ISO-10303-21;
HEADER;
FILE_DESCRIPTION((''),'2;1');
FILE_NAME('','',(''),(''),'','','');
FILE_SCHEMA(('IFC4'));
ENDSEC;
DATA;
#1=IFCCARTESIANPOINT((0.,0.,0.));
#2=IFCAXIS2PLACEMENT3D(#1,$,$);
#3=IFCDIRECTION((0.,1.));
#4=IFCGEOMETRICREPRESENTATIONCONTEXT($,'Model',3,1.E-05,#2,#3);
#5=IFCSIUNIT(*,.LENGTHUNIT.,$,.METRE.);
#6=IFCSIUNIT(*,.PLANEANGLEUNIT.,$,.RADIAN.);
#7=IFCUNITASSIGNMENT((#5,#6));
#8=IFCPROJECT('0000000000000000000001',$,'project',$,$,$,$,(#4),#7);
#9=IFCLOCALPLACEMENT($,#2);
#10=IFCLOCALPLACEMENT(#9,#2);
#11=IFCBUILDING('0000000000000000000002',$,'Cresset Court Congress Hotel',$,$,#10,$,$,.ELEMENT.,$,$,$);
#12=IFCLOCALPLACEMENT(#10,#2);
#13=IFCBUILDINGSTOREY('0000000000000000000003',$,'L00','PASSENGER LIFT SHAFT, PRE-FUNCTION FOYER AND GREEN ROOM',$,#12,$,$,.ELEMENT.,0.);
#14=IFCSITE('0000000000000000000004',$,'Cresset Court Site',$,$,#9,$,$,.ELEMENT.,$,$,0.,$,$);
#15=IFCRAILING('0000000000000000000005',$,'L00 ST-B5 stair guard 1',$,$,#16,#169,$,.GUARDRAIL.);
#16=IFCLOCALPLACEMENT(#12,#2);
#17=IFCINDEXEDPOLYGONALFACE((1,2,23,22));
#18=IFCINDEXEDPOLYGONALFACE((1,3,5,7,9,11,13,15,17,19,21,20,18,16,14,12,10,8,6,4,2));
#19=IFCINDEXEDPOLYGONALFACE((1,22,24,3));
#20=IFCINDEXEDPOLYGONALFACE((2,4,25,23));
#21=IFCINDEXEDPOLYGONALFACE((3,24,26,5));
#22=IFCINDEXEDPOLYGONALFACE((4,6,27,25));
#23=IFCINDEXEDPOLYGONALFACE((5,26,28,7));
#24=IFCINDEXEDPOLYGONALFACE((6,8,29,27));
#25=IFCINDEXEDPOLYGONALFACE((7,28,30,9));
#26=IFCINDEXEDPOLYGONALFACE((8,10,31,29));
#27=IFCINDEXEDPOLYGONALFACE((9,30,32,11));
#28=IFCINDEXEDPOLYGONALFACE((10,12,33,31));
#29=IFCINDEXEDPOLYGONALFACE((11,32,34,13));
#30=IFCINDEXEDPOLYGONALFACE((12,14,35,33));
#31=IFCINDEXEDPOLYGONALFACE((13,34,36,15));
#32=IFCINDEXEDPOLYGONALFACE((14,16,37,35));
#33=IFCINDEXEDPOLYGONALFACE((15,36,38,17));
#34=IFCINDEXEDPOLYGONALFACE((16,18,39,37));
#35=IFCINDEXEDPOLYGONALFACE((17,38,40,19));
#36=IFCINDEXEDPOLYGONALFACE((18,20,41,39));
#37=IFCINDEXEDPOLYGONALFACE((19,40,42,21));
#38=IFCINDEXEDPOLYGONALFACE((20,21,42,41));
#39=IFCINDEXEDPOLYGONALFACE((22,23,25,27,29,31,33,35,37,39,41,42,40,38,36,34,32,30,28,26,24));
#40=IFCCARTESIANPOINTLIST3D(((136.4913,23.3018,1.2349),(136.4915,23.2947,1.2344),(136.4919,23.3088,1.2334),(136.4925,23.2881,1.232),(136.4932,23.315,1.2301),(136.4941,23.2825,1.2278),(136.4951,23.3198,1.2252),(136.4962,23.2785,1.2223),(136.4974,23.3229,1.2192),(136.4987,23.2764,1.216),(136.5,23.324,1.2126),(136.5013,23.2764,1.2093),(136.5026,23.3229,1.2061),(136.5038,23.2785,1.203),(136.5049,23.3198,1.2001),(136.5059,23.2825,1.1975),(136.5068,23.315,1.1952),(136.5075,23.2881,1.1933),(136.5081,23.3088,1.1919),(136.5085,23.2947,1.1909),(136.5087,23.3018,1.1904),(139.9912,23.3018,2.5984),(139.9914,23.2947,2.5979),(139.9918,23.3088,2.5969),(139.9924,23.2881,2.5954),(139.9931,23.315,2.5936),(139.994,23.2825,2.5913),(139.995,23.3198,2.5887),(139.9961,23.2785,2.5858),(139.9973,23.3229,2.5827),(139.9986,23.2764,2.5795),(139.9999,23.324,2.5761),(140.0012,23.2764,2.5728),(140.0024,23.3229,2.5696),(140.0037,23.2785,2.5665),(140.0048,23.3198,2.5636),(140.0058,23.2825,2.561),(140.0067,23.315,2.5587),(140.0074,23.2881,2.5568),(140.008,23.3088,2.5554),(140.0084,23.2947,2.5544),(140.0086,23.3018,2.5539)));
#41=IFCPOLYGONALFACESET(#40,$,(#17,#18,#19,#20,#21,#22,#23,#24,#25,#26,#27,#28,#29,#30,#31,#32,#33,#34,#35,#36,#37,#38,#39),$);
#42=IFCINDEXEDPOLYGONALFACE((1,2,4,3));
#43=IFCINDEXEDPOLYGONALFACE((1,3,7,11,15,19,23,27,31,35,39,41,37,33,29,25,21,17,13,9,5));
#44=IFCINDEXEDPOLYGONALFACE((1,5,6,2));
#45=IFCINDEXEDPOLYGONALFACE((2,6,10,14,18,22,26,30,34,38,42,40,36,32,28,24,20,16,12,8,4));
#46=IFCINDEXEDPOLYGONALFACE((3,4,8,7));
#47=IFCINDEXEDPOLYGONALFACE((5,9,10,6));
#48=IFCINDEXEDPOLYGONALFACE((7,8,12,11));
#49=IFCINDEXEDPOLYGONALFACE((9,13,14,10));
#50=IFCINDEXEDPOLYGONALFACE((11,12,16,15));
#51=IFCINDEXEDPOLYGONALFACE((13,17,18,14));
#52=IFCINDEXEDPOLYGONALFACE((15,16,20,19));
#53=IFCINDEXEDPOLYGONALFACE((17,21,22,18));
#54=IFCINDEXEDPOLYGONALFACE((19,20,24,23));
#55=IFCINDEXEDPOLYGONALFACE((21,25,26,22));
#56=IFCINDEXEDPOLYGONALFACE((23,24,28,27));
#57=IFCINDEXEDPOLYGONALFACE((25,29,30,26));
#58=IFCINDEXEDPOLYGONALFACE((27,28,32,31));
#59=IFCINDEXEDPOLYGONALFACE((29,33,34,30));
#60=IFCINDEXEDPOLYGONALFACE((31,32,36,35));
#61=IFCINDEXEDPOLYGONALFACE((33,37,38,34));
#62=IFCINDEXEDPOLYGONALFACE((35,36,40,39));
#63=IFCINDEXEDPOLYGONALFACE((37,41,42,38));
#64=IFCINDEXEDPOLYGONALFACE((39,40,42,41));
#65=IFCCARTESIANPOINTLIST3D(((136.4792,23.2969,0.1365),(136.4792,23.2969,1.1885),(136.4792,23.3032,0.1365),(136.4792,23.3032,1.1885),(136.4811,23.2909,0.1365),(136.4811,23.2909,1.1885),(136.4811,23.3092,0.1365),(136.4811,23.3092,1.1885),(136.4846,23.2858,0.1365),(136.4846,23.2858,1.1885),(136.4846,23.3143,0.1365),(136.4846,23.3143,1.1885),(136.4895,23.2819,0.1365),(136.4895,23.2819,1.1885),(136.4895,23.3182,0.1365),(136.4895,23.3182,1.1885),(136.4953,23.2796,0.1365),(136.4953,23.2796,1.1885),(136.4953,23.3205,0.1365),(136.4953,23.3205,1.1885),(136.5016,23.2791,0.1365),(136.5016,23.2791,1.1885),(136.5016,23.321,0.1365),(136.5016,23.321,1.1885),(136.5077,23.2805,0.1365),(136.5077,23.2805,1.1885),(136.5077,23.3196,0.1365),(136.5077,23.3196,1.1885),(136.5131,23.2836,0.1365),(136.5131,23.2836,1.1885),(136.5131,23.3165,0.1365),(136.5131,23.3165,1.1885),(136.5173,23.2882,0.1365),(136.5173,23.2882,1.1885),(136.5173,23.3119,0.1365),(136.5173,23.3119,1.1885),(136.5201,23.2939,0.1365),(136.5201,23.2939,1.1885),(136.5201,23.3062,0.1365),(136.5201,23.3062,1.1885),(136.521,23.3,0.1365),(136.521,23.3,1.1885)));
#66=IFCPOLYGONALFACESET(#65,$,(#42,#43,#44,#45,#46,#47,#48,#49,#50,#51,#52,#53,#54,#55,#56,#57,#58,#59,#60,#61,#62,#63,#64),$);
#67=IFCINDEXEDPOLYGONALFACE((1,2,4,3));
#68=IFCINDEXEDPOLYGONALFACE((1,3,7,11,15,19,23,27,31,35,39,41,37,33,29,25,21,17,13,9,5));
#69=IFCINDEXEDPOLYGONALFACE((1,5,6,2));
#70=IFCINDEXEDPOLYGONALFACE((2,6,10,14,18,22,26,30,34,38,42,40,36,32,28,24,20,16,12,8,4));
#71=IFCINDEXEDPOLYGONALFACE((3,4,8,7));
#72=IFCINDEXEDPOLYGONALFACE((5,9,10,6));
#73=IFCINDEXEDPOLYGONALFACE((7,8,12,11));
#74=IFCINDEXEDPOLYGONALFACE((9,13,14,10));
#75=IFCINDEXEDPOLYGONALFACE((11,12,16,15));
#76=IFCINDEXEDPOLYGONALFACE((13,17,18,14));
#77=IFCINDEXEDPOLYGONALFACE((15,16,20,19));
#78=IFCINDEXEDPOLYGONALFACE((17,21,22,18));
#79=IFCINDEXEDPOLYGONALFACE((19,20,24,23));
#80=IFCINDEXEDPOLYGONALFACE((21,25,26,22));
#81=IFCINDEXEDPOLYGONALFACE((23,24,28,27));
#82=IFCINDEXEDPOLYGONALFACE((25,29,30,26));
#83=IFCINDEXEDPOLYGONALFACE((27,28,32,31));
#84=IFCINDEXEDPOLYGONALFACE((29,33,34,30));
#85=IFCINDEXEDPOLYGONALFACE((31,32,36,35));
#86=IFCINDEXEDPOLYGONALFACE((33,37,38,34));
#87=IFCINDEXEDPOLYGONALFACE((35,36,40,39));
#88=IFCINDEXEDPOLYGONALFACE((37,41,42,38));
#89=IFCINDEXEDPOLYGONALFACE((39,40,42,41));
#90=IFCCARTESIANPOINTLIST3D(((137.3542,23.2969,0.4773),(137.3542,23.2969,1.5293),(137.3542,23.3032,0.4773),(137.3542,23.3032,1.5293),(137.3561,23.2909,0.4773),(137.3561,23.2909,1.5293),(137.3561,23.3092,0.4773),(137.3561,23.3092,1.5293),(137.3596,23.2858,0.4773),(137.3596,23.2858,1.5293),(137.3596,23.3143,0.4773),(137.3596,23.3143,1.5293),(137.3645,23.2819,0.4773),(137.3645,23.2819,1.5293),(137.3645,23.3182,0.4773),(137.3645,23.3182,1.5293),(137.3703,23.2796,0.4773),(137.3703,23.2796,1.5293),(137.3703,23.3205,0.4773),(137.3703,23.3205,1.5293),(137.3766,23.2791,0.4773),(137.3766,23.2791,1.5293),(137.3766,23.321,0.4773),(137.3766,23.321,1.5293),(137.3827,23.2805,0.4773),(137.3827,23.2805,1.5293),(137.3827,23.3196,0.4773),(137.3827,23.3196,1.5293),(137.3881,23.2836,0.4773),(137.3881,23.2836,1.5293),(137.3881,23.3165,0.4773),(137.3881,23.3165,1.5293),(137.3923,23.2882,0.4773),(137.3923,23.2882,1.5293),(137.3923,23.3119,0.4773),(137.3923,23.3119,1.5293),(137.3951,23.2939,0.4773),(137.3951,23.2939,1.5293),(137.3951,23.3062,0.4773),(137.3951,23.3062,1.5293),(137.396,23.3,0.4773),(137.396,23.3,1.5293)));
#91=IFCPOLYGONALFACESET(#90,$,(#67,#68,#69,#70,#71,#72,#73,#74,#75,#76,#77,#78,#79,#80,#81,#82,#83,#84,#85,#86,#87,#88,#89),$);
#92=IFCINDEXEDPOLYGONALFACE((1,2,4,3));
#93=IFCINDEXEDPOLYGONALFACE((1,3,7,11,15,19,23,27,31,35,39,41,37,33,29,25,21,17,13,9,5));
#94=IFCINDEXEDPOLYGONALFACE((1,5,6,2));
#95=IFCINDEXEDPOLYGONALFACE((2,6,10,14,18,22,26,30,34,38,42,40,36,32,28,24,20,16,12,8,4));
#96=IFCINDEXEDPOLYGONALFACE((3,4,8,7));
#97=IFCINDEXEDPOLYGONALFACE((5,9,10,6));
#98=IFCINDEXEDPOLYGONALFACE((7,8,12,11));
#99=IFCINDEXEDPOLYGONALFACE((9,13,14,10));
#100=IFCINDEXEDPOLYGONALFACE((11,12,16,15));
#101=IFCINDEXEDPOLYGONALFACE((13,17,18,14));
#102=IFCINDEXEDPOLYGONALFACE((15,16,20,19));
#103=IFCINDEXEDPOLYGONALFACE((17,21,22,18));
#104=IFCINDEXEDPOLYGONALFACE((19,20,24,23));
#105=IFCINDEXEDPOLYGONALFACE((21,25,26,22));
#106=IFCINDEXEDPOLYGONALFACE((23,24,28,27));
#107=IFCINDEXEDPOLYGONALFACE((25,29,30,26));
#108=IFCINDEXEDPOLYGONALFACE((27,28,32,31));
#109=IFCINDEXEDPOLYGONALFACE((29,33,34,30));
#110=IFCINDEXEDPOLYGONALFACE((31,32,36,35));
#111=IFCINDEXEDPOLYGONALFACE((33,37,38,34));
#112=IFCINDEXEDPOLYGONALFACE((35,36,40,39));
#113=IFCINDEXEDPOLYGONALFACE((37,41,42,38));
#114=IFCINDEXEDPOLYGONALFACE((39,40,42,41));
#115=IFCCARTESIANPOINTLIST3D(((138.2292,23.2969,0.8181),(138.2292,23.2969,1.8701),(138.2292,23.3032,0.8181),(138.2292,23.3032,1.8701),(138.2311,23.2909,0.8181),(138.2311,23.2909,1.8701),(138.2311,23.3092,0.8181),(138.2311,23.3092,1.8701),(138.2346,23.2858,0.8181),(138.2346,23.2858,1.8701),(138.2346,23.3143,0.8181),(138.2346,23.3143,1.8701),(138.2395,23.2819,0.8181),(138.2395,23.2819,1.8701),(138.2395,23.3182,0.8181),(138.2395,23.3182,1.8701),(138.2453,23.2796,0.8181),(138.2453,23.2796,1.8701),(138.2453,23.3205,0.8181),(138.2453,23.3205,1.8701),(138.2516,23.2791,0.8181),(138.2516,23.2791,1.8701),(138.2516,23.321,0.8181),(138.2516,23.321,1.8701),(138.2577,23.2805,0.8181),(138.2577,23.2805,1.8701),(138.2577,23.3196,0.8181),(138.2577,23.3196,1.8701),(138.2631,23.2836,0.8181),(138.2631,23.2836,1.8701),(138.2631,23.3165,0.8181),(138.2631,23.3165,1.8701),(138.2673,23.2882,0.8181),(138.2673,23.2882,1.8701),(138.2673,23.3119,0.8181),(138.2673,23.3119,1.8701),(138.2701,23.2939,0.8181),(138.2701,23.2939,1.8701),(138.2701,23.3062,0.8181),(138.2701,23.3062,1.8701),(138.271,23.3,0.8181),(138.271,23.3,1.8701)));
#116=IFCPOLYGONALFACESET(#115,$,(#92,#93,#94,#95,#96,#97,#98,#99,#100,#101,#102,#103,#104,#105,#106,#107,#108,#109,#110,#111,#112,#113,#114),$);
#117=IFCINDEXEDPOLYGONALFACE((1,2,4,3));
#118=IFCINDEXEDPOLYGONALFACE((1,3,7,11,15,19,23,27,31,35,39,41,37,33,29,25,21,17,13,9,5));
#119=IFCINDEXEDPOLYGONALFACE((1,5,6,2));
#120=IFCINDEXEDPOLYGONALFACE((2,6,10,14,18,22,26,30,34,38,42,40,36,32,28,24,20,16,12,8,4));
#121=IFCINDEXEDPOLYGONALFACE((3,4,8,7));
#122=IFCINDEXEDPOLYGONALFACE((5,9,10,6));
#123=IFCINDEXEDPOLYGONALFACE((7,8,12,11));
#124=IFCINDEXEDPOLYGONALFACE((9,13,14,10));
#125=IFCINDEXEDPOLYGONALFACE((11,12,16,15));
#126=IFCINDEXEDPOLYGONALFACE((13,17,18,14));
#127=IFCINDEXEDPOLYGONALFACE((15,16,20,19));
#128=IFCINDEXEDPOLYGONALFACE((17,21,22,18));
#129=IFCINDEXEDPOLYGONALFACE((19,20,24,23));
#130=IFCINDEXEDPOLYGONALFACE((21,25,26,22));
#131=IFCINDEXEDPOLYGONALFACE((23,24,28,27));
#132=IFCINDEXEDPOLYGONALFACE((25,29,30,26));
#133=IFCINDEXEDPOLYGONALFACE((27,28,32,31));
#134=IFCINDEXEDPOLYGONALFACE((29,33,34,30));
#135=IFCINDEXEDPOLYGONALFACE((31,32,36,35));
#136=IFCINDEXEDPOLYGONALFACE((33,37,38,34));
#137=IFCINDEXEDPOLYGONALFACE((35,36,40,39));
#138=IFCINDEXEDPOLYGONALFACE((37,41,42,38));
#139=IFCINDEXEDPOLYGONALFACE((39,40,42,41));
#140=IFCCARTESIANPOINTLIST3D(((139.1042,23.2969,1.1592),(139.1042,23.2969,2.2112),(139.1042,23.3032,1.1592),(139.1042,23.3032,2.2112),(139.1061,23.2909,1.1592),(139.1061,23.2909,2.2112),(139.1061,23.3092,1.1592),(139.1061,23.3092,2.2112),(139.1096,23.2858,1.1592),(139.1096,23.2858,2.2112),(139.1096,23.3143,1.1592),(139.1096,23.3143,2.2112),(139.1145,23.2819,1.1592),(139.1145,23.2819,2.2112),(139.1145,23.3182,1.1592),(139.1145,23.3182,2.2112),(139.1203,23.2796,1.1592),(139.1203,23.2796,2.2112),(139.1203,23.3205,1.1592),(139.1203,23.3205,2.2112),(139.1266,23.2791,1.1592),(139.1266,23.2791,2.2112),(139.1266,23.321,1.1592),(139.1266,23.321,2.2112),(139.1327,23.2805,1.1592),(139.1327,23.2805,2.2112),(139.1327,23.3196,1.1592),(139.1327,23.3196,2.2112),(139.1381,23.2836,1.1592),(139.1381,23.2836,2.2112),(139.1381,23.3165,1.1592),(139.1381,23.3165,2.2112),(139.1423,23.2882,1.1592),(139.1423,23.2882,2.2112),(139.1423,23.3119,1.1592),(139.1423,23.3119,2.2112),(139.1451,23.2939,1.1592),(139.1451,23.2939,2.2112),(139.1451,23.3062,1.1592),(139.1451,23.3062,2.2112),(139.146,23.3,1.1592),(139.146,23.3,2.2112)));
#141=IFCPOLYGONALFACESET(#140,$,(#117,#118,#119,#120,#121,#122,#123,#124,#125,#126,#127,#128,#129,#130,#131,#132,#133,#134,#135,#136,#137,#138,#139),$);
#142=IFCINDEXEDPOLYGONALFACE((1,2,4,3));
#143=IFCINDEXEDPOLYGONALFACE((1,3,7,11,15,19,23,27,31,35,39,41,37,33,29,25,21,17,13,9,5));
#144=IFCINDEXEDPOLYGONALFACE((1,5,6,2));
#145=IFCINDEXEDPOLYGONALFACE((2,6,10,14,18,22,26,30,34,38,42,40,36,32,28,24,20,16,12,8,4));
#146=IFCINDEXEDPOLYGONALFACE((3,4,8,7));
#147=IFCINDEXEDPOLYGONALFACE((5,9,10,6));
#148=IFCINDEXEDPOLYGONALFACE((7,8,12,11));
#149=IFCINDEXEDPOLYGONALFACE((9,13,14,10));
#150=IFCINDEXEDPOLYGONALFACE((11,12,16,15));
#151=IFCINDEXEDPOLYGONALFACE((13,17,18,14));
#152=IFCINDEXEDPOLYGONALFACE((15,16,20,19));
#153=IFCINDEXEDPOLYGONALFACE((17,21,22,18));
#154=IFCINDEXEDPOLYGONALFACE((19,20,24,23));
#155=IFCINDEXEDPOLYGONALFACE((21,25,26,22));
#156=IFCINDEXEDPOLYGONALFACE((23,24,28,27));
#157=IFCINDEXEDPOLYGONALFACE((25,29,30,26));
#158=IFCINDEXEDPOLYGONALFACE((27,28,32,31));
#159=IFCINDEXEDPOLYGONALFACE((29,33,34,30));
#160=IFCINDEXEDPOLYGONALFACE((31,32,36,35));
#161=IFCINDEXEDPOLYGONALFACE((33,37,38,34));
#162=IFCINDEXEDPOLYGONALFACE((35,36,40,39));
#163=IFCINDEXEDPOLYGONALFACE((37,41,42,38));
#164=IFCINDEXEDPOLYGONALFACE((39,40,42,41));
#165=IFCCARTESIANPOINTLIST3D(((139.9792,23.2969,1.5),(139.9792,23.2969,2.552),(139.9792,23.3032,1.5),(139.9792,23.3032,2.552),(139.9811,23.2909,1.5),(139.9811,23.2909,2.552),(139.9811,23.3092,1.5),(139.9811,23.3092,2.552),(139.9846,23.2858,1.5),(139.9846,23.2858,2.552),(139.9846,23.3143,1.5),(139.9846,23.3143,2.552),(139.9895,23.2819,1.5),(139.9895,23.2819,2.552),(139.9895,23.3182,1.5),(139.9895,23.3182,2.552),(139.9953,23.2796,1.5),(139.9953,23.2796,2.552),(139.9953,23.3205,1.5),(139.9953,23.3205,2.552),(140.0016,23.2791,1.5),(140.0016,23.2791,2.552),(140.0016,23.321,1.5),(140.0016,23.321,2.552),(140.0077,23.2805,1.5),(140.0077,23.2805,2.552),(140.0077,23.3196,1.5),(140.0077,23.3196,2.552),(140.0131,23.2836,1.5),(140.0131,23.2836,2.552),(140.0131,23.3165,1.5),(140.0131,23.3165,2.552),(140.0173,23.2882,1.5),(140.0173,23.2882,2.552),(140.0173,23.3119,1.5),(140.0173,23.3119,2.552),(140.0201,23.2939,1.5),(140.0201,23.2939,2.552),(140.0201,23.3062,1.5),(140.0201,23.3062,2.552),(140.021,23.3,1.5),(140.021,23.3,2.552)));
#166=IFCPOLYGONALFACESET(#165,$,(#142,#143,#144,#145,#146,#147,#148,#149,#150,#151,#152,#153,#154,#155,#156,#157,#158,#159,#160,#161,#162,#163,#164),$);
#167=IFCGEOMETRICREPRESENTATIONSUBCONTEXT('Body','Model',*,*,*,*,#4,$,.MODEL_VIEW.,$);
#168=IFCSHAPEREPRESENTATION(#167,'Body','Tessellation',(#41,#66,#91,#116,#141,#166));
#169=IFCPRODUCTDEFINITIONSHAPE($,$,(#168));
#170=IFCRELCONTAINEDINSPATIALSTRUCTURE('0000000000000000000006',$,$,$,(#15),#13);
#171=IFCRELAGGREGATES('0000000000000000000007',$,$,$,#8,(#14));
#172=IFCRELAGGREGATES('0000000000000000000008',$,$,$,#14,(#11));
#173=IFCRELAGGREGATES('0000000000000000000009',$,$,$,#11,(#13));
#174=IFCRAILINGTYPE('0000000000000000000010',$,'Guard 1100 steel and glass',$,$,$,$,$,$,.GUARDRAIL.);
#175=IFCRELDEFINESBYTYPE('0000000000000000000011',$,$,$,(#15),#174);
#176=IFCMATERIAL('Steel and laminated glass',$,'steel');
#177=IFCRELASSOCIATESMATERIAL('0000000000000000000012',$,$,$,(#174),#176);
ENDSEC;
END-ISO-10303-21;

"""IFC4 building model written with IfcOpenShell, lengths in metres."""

from ifc_helpers import new_model, si_unit, direction, frame, origin, origin_2d, place, context, subcontext, project, spatial, circle, extrude, material, type_object, element, save


model = new_model("IFC4")

# Units and contexts
model_context = context("Model", 3, precision=1e-05, world=origin(), true_north=direction((0.0, 1.0)))
body_context = subcontext(model_context, "Body", "Model", "MODEL_VIEW")
ifc_project = project(units=[si_unit("LENGTHUNIT", "METRE"), si_unit("PLANEANGLEUNIT", "RADIAN")], contexts=[model_context])

# Site, building, storey
site_placement = place(None, origin())
site = spatial("IfcSite", under=ifc_project, at=site_placement, Name="Cresset Court Site", CompositionType="ELEMENT", RefElevation=0.0)
building_placement = place(site_placement, origin())
building = spatial("IfcBuilding", under=site, at=building_placement, Name="Cresset Court Congress Hotel", CompositionType="ELEMENT")
storey_placement = place(building_placement, origin())
storey = spatial("IfcBuildingStorey", under=building, at=storey_placement, Name="L00", Description="PASSENGER LIFT SHAFT, PRE-FUNCTION FOYER AND GREEN ROOM", CompositionType="ELEMENT", Elevation=0.0)

# Railing
ifc_material_1 = material(Name="Steel and laminated glass", Category="steel")
railing_type_1 = type_object("IfcRailingType", Name="Guard 1100 steel and glass", PredefinedType="GUARDRAIL", material=ifc_material_1)
railing_1_placement = place(storey_placement, frame((136.5, 23.3, 0.1365)))
element("IfcRailing", 1, at=railing_1_placement, inside=storey, type_object=railing_type_1, Name="L00 ST-B5 stair guard 1", PredefinedType="GUARDRAIL", context=body_context, shape_type="SweptSolid", body=[
    extrude(circle(Radius=0.0239, at=origin_2d()), frame((0.0, 0.0, 1.0762), z_axis=(0.931787, 0.0, 0.363005), x_axis=(0.0, 1.0, 0.0)), (0.0, 0.0, 1.0), 3.7561),
    extrude(circle(Radius=0.021, at=origin_2d()), origin(), (0.0, 0.0, 1.0), 1.052),
    extrude(circle(Radius=0.021, at=origin_2d()), frame((0.875, 0.0, 0.3408)), (0.0, 0.0, 1.0), 1.052),
    extrude(circle(Radius=0.021, at=origin_2d()), frame((1.75, 0.0, 0.6816)), (0.0, 0.0, 1.0), 1.052),
    extrude(circle(Radius=0.021, at=origin_2d()), frame((2.625, 0.0, 1.0227)), (0.0, 0.0, 1.0), 1.052),
    extrude(circle(Radius=0.021, at=origin_2d()), frame((3.5, 0.0, 1.3635)), (0.0, 0.0, 1.0), 1.052),
])

save(model, "model.ifc")
